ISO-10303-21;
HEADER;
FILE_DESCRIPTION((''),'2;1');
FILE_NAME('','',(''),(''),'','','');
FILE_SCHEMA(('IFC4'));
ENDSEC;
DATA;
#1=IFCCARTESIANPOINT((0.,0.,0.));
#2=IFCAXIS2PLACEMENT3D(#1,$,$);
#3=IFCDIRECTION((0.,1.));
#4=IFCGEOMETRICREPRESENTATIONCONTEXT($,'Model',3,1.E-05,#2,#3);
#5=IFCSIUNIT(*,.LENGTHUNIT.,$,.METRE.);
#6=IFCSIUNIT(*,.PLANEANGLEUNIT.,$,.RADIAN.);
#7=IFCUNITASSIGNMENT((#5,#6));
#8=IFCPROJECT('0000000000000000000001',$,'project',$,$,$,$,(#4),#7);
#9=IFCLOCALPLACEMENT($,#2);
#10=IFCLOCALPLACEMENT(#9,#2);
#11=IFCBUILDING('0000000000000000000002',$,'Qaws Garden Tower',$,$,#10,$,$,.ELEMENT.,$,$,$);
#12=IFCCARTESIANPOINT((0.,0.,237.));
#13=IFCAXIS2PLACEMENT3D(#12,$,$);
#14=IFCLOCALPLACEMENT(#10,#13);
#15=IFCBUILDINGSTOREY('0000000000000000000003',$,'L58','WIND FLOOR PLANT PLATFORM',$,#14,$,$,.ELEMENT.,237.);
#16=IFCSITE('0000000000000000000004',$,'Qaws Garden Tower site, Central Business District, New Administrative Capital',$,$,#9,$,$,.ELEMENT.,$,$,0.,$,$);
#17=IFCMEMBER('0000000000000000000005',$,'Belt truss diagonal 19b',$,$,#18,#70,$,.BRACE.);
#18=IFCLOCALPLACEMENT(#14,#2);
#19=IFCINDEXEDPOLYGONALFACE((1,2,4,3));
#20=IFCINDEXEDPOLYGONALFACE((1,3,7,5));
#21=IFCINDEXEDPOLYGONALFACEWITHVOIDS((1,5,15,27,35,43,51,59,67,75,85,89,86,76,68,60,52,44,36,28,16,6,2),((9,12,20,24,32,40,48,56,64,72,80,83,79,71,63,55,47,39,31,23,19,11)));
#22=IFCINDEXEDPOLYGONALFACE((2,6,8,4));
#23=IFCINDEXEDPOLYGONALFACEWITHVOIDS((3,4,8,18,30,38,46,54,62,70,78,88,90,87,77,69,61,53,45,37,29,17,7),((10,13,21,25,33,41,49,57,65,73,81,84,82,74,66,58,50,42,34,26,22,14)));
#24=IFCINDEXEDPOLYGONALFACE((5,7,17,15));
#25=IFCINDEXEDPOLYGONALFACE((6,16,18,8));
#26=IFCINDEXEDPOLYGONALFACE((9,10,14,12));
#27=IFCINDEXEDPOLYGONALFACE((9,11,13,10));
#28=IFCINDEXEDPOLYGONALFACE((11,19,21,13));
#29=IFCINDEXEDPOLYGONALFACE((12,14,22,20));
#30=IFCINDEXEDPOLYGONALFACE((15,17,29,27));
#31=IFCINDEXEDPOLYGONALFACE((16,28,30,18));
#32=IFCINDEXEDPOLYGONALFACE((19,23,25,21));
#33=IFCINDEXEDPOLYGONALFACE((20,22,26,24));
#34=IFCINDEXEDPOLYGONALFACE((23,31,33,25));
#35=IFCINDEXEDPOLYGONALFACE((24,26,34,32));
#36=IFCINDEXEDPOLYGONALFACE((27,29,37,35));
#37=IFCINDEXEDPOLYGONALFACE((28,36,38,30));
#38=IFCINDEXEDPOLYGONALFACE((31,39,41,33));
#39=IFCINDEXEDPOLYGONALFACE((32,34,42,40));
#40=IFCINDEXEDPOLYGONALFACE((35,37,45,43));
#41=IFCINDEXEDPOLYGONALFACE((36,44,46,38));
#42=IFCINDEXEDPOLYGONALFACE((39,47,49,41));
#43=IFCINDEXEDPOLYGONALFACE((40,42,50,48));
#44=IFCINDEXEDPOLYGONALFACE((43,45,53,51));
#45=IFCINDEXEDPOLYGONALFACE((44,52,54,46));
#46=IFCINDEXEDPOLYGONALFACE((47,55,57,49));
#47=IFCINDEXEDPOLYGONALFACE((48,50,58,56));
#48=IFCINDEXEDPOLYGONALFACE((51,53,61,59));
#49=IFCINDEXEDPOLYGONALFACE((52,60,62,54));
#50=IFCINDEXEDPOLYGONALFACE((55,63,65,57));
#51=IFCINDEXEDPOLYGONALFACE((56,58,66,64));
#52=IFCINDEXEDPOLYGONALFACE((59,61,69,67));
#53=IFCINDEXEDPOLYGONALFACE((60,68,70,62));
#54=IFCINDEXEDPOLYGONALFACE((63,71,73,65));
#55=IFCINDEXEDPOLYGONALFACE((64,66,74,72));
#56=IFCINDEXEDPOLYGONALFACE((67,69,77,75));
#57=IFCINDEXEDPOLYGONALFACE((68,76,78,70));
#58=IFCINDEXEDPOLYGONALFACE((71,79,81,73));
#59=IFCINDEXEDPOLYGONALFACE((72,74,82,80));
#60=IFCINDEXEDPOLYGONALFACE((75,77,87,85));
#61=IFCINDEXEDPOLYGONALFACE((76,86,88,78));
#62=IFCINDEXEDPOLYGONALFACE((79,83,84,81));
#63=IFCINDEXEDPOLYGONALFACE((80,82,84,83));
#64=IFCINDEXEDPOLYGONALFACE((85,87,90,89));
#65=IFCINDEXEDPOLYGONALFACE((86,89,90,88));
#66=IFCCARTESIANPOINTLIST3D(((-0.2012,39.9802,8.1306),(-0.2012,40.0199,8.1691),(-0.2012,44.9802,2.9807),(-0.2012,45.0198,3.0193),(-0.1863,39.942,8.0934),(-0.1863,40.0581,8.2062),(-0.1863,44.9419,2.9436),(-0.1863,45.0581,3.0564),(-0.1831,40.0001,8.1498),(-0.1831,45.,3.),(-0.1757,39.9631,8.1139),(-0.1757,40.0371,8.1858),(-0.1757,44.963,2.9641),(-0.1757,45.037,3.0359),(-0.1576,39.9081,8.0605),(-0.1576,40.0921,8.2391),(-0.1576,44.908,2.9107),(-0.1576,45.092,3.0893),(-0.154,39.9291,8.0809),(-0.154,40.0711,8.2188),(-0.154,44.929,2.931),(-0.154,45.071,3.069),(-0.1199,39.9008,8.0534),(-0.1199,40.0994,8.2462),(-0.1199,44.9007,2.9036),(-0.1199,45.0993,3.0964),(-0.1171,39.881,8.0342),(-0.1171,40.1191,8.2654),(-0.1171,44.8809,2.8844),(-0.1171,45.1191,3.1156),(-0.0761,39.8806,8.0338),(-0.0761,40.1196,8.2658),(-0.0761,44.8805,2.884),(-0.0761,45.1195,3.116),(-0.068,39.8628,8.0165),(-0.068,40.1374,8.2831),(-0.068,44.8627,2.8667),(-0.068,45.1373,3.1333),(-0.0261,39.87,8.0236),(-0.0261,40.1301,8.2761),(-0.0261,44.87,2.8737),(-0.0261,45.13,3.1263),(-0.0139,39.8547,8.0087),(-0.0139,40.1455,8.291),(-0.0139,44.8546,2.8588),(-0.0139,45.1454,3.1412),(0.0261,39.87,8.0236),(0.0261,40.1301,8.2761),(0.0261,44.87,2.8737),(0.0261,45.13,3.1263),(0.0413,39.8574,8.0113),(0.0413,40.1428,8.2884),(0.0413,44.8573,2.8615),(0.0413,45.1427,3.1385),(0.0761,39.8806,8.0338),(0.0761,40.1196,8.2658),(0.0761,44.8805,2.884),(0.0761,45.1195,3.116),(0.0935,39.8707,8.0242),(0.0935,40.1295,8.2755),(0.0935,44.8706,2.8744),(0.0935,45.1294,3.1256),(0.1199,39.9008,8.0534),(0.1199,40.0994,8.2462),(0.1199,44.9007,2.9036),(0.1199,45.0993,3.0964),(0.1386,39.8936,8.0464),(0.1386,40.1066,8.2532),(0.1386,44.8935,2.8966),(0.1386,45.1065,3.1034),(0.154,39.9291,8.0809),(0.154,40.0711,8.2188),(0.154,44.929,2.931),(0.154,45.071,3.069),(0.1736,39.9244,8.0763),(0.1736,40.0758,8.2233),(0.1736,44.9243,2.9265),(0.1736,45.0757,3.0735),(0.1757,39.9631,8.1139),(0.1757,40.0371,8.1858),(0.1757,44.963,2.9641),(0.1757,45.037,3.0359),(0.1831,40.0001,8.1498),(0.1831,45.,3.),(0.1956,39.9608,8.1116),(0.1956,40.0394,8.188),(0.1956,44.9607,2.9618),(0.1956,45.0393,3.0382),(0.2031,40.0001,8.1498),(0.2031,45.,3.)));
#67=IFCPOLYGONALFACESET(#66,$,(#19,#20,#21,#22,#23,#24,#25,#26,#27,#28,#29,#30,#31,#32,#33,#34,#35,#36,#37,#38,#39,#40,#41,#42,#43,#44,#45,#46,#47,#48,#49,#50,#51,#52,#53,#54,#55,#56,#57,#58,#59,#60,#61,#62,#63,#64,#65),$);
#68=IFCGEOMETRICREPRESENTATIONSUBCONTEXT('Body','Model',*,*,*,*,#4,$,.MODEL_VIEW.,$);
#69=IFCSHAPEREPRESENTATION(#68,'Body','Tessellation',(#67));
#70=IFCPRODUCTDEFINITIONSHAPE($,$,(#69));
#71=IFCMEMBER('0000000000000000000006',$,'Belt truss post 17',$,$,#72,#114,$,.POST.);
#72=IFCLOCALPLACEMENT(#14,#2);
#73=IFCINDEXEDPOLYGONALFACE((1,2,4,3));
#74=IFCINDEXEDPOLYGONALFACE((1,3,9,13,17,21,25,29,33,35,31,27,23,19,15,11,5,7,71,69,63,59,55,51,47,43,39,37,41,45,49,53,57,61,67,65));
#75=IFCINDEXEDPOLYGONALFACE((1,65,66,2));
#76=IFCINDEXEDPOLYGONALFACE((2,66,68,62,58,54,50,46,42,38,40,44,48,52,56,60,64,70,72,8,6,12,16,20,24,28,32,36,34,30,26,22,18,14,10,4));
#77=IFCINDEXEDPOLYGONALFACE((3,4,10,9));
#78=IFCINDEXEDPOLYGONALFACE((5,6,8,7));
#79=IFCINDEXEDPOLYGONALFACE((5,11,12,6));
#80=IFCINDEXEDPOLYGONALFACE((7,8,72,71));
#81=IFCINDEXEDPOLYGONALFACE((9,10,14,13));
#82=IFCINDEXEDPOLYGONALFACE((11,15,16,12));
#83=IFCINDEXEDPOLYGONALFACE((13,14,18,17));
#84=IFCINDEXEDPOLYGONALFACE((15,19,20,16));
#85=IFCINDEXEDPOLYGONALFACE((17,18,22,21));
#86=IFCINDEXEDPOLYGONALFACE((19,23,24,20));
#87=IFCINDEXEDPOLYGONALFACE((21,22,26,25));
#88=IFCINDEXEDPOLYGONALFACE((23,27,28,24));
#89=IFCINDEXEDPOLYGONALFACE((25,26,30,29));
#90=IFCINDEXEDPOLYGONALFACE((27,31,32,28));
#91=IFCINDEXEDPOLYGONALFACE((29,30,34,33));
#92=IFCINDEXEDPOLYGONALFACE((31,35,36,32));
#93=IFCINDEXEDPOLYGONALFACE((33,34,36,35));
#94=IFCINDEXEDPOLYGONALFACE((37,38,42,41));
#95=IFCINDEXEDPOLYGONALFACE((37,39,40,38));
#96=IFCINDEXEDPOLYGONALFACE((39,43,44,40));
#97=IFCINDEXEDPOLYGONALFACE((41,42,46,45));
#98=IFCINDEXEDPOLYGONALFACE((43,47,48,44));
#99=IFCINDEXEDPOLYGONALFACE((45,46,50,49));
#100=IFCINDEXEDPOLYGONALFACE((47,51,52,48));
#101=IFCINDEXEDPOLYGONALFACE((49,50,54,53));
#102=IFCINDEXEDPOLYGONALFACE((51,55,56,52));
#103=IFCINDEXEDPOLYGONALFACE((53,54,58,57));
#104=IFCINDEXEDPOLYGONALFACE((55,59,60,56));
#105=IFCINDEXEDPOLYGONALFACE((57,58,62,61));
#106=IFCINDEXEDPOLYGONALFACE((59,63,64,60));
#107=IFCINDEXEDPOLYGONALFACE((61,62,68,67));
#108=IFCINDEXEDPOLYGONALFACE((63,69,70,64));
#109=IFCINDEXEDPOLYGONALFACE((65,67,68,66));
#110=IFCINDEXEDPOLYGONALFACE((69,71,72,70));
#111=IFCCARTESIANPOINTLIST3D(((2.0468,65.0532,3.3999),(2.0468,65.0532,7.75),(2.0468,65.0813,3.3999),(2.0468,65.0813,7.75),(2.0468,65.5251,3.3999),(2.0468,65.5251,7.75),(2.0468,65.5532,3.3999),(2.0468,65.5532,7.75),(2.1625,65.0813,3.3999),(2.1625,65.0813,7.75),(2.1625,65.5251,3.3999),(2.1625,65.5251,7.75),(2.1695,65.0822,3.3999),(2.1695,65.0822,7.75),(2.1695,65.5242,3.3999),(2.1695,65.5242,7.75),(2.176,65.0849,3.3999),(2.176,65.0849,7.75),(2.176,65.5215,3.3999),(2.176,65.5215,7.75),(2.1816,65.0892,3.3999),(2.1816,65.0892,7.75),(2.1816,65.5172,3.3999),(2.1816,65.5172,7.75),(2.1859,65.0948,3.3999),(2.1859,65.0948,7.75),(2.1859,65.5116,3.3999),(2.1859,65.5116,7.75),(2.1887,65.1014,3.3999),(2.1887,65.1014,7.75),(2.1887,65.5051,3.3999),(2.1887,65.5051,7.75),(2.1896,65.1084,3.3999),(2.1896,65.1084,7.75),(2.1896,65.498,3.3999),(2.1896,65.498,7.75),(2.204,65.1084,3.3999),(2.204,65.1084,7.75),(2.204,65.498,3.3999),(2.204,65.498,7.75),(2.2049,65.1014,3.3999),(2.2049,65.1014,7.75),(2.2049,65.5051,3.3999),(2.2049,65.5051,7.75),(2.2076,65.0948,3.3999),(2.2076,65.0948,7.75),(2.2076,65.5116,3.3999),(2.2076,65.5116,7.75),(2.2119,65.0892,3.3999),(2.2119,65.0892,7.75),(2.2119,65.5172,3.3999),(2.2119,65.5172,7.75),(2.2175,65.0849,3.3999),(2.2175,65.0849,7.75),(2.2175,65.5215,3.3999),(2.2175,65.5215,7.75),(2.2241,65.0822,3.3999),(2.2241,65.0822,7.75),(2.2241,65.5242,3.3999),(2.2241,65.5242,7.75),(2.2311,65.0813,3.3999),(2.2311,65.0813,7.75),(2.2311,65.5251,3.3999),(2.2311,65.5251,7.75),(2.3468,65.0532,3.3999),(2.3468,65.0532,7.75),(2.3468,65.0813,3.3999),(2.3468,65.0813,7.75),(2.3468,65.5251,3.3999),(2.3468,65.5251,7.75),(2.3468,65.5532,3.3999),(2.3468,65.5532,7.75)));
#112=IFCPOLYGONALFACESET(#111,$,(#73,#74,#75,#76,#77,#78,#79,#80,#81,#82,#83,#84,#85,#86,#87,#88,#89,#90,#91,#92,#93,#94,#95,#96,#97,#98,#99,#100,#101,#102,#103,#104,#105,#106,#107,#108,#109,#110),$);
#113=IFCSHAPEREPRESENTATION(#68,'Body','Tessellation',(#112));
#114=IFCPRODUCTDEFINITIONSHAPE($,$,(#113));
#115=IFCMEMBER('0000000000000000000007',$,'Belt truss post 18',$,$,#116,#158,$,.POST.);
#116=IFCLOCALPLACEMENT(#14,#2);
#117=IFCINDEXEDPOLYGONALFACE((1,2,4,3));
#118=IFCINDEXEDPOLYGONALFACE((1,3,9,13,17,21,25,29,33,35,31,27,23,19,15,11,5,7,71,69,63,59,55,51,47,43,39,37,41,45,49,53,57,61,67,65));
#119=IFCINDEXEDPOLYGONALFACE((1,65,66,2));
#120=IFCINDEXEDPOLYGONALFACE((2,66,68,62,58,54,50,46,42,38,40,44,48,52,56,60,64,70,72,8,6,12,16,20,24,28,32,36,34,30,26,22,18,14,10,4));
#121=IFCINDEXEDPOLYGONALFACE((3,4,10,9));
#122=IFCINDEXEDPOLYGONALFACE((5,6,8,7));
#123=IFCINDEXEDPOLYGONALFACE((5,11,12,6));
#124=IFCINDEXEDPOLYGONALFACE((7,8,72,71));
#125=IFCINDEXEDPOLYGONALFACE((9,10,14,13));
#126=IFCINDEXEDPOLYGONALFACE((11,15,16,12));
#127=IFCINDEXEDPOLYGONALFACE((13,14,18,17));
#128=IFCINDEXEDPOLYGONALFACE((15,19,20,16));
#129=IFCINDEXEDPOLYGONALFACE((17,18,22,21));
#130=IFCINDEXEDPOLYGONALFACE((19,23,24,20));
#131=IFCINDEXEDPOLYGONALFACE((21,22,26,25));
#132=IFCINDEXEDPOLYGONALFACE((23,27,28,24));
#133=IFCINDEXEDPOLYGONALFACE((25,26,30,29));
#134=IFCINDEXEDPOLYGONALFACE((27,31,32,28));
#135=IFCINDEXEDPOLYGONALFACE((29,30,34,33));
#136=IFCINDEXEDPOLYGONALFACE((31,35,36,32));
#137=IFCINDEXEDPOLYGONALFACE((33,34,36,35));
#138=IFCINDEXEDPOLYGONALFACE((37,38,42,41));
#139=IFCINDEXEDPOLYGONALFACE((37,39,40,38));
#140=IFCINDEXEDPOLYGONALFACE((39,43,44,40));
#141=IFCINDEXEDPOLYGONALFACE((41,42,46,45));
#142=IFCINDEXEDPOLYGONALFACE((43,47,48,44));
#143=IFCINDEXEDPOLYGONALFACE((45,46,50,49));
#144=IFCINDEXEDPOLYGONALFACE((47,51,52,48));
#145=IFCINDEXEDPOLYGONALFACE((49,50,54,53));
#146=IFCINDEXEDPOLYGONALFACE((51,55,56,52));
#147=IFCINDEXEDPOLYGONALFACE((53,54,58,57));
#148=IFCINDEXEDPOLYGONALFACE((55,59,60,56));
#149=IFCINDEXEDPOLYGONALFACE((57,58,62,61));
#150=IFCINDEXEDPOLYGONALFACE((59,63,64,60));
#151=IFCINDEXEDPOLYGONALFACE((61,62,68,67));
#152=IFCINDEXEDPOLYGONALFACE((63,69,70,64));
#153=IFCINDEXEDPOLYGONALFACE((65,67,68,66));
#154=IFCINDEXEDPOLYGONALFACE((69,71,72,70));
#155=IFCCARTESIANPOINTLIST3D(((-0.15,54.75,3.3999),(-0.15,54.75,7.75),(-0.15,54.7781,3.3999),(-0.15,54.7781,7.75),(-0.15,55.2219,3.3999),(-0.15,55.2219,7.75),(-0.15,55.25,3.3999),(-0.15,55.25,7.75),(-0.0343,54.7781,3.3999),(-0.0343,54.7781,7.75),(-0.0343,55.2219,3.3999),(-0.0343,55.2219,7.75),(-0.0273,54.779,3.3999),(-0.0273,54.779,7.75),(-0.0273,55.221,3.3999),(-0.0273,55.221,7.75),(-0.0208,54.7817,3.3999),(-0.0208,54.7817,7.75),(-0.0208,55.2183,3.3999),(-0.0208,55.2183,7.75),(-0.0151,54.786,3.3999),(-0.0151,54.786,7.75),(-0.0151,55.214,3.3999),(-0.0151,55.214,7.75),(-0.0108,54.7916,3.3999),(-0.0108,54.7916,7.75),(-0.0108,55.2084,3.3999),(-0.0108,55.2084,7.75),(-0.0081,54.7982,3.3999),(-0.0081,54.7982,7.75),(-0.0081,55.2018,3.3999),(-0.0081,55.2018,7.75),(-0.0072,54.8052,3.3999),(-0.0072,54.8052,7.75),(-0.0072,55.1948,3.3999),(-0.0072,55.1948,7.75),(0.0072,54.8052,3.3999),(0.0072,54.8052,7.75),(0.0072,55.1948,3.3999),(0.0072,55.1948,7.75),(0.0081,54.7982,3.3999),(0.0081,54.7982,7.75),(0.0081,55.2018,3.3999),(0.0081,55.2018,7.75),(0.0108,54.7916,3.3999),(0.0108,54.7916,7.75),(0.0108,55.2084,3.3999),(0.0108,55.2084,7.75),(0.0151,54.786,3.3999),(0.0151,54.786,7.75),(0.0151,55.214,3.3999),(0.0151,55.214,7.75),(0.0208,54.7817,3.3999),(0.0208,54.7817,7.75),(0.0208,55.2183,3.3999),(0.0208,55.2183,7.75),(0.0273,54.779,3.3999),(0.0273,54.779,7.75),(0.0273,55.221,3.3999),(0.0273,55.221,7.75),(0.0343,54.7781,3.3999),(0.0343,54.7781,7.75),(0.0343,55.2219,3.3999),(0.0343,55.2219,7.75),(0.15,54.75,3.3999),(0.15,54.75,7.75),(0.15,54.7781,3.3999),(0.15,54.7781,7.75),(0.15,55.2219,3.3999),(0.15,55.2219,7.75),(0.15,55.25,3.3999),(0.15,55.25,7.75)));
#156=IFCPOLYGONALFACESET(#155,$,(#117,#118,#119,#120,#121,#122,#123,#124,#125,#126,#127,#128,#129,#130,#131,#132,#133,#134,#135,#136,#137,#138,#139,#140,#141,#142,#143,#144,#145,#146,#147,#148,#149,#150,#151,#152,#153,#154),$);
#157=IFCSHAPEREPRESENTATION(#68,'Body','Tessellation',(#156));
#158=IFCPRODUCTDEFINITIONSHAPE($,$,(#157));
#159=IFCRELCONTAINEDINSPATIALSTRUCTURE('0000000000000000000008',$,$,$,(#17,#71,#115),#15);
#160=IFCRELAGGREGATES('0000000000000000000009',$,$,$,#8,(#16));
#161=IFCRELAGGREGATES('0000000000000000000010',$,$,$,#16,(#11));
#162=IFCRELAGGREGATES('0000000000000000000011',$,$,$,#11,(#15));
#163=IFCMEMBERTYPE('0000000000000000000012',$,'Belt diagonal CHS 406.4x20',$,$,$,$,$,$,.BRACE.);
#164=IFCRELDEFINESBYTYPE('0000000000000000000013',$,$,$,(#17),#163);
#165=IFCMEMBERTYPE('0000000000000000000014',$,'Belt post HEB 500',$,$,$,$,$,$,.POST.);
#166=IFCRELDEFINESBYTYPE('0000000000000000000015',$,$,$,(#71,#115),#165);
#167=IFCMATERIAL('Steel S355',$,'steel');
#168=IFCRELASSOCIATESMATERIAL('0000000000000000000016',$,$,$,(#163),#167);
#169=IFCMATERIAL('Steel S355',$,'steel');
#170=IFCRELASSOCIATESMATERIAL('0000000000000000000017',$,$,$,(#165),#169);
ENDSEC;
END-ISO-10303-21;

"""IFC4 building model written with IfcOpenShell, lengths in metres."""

from ifc_helpers import new_model, si_unit, direction, frame, origin, origin_2d, place, context, subcontext, project, spatial, hollow_circle, i_section, extrude, material, material_profile, profile_set, type_object, element, save


model = new_model("IFC4")

# Units and contexts
model_context = context("Model", 3, precision=1e-05, world=origin(), true_north=direction((0.0, 1.0)))
body_context = subcontext(model_context, "Body", "Model", "MODEL_VIEW")
ifc_project = project(units=[si_unit("LENGTHUNIT", "METRE"), si_unit("PLANEANGLEUNIT", "RADIAN")], contexts=[model_context])

# Site, building, storey
site_placement = place(None, origin())
site = spatial("IfcSite", under=ifc_project, at=site_placement, Name="Qaws Garden Tower site, Central Business District, New Administrative Capital", CompositionType="ELEMENT", RefElevation=0.0)
building_placement = place(site_placement, origin())
building = spatial("IfcBuilding", under=site, at=building_placement, Name="Qaws Garden Tower", CompositionType="ELEMENT")
storey_placement = place(building_placement, frame((0.0, 0.0, 237.0)))
storey = spatial("IfcBuildingStorey", under=building, at=storey_placement, Name="L58", Description="WIND FLOOR PLANT PLATFORM", CompositionType="ELEMENT", Elevation=237.0)

# Members
ifc_material_1 = material(Name="Steel S355", Category="steel")
ifc_material_profile_1 = material_profile(ifc_material_1, hollow_circle(Radius=0.2031, WallThickness=0.02, at=origin_2d()), Name="CHS 406.4x20")
ifc_profile_set_1 = profile_set([ifc_material_profile_1], Name="Steel S355")
member_type_1 = type_object("IfcMemberType", Name="Belt diagonal CHS 406.4x20", PredefinedType="BRACE", material=ifc_profile_set_1)
for number, where, z_axis, x_axis, name in (
    (1, (0.0, 45.0, 3.0), (0.0, -0.696588, 0.717472), (1.0, 0.0, 0.0), "Belt truss diagonal 19b"),
):
    element("IfcMember", number, at=place(storey_placement, frame(where, z_axis=z_axis, x_axis=x_axis)), inside=storey, type_object=member_type_1, Name=name, PredefinedType="BRACE", context=body_context, shape_type="SweptSolid", body=[
        extrude(hollow_circle(Radius=0.2031, WallThickness=0.02, at=origin_2d()), origin(), (0.0, 0.0, 1.0), 7.1777),
    ])
ifc_material_2 = material(Name="Steel S355", Category="steel")
ifc_material_profile_2 = material_profile(ifc_material_2, i_section(OverallWidth=0.3, OverallDepth=0.5, WebThickness=0.0144, FlangeThickness=0.0281, FilletRadius=0.0271, at=origin_2d()), Name="HEB 500")
ifc_profile_set_2 = profile_set([ifc_material_profile_2], Name="Steel S355")
member_type_2 = type_object("IfcMemberType", Name="Belt post HEB 500", PredefinedType="POST", material=ifc_profile_set_2)
placement_1 = place(storey_placement, frame((2.1968, 65.3032, 3.3999), z_axis=(0.0, 0.0, 1.0), x_axis=(1.0, 0.0, 0.0)))
element("IfcMember", 2, at=placement_1, inside=storey, type_object=member_type_2, Name="Belt truss post 17", PredefinedType="POST", context=body_context, shape_type="SweptSolid", body=[
    extrude(i_section(OverallWidth=0.3, OverallDepth=0.5, WebThickness=0.0144, FlangeThickness=0.0281, FilletRadius=0.0271, at=origin_2d()), origin(), (0.0, 0.0, 1.0), 4.3501),
])
placement_2 = place(storey_placement, frame((0.0, 55.0, 3.3999), z_axis=(0.0, 0.0, 1.0), x_axis=(1.0, 0.0, 0.0)))
element("IfcMember", 3, at=placement_2, inside=storey, type_object=member_type_2, Name="Belt truss post 18", PredefinedType="POST", context=body_context, shape_type="SweptSolid", body=[
    extrude(i_section(OverallWidth=0.3, OverallDepth=0.5, WebThickness=0.0144, FlangeThickness=0.0281, FilletRadius=0.0271, at=origin_2d()), origin(), (0.0, 0.0, 1.0), 4.3501),
])

save(model, "model.ifc")
